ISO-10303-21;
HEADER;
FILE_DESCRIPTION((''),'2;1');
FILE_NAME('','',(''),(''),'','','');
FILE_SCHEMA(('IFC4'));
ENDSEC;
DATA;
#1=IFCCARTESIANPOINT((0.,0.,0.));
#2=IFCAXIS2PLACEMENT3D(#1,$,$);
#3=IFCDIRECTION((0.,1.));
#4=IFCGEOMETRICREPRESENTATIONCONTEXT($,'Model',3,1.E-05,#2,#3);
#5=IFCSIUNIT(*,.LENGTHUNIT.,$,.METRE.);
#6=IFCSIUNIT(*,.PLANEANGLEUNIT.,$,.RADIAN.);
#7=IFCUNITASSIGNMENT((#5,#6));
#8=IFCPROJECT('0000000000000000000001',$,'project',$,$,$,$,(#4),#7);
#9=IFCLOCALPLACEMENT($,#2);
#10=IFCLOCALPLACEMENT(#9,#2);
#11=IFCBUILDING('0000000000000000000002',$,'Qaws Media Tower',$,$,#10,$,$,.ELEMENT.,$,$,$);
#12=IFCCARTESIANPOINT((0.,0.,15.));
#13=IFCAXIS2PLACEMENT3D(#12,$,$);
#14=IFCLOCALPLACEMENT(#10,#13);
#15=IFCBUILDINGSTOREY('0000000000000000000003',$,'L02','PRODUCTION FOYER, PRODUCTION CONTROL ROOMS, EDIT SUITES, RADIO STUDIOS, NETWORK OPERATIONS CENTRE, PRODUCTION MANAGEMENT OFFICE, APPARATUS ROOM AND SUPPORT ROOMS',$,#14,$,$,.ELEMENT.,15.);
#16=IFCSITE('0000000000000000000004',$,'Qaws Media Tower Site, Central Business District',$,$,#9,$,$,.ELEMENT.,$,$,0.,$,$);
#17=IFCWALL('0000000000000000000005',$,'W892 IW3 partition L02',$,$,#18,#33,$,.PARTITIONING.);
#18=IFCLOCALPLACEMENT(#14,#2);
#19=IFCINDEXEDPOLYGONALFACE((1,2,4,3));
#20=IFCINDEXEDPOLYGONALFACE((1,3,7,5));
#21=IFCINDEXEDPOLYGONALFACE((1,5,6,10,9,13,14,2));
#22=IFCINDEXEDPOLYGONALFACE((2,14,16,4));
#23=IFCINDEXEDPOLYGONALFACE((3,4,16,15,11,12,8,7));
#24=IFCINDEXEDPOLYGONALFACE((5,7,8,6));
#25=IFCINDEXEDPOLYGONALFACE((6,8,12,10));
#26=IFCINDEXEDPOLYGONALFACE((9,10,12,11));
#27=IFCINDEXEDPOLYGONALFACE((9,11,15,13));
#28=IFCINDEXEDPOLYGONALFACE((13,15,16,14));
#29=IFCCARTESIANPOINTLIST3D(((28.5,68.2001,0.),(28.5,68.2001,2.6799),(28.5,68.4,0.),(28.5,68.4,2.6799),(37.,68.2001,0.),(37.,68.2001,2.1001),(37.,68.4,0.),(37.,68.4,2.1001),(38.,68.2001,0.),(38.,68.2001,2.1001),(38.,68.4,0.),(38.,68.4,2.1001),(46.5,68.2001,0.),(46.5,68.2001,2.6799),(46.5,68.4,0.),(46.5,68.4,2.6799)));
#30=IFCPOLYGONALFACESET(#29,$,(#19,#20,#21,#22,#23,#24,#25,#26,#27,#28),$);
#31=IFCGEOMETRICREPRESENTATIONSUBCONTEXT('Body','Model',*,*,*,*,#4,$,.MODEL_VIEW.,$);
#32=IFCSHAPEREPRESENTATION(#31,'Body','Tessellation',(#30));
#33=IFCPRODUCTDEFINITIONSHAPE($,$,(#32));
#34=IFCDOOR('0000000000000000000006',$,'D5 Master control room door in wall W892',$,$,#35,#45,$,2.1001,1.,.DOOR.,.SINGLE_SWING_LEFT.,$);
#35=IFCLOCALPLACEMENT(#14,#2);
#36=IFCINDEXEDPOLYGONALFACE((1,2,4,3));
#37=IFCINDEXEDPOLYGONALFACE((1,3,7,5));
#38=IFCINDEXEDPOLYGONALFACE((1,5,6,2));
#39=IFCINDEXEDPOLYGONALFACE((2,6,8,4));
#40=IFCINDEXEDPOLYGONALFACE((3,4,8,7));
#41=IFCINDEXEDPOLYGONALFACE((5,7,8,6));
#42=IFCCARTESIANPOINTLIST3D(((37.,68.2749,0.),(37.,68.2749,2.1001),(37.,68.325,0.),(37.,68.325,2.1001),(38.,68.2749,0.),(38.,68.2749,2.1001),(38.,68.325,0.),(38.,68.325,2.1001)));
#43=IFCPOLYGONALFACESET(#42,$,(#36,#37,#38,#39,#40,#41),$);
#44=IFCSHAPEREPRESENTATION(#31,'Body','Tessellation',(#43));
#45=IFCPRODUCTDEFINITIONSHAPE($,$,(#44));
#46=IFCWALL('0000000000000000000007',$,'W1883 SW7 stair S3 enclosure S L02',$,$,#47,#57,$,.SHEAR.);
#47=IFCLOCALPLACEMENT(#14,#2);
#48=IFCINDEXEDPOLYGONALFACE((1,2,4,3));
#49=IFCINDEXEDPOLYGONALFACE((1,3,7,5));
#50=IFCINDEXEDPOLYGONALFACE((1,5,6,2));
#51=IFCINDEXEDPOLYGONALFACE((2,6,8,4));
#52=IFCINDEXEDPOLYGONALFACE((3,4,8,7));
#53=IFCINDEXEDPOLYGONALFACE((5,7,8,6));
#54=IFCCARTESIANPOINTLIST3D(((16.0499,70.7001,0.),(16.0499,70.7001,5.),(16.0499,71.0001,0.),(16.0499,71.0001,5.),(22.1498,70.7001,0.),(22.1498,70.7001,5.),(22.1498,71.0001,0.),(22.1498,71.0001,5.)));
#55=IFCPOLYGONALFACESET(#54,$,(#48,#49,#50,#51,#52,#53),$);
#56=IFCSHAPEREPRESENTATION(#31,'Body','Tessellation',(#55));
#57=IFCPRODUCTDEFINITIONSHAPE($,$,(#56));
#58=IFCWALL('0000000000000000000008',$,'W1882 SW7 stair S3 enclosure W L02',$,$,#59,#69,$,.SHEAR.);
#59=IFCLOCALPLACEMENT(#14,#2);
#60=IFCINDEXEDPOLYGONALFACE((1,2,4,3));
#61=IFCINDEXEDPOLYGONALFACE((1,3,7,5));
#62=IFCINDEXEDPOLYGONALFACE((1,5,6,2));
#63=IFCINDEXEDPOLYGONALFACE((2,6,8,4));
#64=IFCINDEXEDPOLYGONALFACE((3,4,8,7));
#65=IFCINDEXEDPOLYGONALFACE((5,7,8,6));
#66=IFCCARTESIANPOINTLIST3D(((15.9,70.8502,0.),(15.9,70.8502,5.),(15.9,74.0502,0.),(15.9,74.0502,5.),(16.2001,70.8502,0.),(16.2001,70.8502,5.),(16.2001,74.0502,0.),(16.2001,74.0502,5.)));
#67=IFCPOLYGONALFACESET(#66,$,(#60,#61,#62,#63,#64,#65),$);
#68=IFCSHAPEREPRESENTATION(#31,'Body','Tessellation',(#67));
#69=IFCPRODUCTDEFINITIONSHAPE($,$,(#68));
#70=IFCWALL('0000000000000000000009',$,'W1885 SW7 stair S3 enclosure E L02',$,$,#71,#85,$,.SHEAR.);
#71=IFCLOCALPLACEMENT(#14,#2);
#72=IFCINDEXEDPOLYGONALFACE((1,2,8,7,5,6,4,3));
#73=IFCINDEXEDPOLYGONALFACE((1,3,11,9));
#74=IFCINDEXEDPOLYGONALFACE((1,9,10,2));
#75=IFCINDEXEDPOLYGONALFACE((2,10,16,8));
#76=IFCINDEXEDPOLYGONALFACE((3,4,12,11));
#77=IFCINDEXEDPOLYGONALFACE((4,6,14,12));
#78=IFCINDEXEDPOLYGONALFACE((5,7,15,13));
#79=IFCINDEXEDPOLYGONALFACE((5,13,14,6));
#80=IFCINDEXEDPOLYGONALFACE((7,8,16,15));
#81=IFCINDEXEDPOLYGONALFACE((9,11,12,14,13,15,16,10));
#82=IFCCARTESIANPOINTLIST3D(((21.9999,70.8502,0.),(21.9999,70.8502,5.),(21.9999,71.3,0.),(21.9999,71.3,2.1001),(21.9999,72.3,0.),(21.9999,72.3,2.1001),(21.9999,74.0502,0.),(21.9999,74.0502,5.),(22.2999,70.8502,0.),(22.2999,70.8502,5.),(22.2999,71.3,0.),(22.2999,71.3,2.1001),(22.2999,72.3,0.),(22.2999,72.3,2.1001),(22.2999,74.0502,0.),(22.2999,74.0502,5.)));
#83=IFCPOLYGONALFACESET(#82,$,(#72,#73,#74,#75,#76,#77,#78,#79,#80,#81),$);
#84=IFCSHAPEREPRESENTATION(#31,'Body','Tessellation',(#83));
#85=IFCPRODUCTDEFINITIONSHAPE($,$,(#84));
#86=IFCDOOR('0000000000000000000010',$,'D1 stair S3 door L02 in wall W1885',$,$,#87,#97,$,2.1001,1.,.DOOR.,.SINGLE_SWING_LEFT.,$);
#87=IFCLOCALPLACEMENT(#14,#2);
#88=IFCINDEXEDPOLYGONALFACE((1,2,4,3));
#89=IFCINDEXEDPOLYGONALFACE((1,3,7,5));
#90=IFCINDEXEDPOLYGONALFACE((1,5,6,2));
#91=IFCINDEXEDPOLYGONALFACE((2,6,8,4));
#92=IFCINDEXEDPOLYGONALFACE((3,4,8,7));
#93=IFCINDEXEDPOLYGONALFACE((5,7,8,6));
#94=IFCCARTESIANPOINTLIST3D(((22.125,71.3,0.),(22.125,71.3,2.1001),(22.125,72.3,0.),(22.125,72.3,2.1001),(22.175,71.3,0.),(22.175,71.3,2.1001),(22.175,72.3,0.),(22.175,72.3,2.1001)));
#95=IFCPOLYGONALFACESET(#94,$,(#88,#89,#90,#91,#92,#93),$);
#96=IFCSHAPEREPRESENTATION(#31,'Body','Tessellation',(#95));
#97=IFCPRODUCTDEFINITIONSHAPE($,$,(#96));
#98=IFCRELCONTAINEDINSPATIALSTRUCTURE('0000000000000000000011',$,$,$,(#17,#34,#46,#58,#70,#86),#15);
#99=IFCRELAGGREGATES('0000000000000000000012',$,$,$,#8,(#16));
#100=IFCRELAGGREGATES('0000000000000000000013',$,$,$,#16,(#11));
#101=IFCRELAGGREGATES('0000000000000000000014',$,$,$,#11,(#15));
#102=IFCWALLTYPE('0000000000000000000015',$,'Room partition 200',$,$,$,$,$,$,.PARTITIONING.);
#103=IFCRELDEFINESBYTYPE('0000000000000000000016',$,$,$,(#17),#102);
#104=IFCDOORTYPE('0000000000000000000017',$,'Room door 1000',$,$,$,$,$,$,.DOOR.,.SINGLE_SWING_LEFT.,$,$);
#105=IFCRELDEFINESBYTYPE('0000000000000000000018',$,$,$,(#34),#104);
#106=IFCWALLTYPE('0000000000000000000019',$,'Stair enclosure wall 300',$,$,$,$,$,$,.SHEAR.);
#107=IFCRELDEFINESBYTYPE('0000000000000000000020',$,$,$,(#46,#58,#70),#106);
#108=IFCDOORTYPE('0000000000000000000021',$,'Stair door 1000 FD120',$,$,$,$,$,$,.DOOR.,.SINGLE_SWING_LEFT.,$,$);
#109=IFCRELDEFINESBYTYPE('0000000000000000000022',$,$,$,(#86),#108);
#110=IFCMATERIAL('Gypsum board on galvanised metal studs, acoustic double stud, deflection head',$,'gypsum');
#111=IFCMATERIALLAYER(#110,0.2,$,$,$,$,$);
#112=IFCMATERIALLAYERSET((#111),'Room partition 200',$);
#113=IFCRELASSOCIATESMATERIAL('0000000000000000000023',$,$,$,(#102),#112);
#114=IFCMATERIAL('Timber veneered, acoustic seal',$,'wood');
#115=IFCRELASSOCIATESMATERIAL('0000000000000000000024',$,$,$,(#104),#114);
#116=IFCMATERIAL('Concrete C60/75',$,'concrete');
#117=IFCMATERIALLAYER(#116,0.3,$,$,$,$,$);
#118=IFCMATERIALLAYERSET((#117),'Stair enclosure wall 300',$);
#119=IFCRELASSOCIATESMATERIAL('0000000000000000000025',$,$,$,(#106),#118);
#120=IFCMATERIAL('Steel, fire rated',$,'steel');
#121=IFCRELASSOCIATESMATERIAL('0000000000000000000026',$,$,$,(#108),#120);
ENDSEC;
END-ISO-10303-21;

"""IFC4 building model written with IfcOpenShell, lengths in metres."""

from ifc_helpers import new_model, si_unit, direction, frame, frame_2d, origin, place, context, subcontext, project, spatial, rectangle, extrude, material, layer, layer_set, type_object, element, fill, save


model = new_model("IFC4")

# Units and contexts
model_context = context("Model", 3, precision=1e-05, world=origin(), true_north=direction((0.0, 1.0)))
body_context = subcontext(model_context, "Body", "Model", "MODEL_VIEW")
ifc_project = project(units=[si_unit("LENGTHUNIT", "METRE"), si_unit("PLANEANGLEUNIT", "RADIAN")], contexts=[model_context])

# Site, building, storey
site_placement = place(None, origin())
site = spatial("IfcSite", under=ifc_project, at=site_placement, Name="Qaws Media Tower Site, Central Business District", CompositionType="ELEMENT", RefElevation=0.0)
building_placement = place(site_placement, origin())
building = spatial("IfcBuilding", under=site, at=building_placement, Name="Qaws Media Tower", CompositionType="ELEMENT")
storey_placement = place(building_placement, frame((0.0, 0.0, 15.0)))
storey = spatial("IfcBuildingStorey", under=building, at=storey_placement, Name="L02", Description="PRODUCTION FOYER, PRODUCTION CONTROL ROOMS, EDIT SUITES, RADIO STUDIOS, NETWORK OPERATIONS CENTRE, PRODUCTION MANAGEMENT OFFICE, APPARATUS ROOM AND SUPPORT ROOMS", CompositionType="ELEMENT", Elevation=15.0)

# Shared definitions
ifc_material_1 = material(Name="Gypsum board on galvanised metal studs, acoustic double stud, deflection head", Category="gypsum")
ifc_layer_1 = layer(ifc_material_1, 0.2)
ifc_layer_set_1 = layer_set([ifc_layer_1], Name="Room partition 200")
wall_type_1 = type_object("IfcWallType", Name="Room partition 200", PredefinedType="PARTITIONING", material=ifc_layer_set_1)

# Shared definitions
ifc_material_2 = material(Name="Timber veneered, acoustic seal", Category="wood")
door_type_1 = type_object("IfcDoorType", Name="Room door 1000", OperationType="SINGLE_SWING_LEFT", PredefinedType="DOOR", material=ifc_material_2)

# Wall, opening, door
wall_1_placement = place(storey_placement, frame((28.5, 68.3, 0.0), z_axis=(0.0, 0.0, 1.0), x_axis=(1.0, 0.0, 0.0)))
wall_1 = element("IfcWall", 1, at=wall_1_placement, inside=storey, type_object=wall_type_1, Name="W892 IW3 partition L02", PredefinedType="PARTITIONING", context=body_context, shape_type="SweptSolid", body=[
    extrude(rectangle(XDim=18.0, YDim=0.2, at=frame_2d((9.0, 0.0))), origin(), (0.0, 0.0, 1.0), 2.6799),
])
opening_1_placement = place(wall_1_placement, frame((8.5, 0.0, 0.0)))
opening_1 = element("IfcOpeningElement", 2, at=opening_1_placement, cuts=wall_1, PredefinedType="OPENING", context=body_context, shape_type="SweptSolid", body=[
    extrude(rectangle(XDim=1.0, YDim=2.1001, at=frame_2d((0.5, 1.05))), frame((0.0, 0.1099, 0.0), z_axis=(0.0, -1.0, 0.0), x_axis=(1.0, 0.0, 0.0)), (0.0, 0.0, 1.0), 0.22),
])
door_1_placement = place(opening_1_placement, origin())
door_1 = element("IfcDoor", 3, at=door_1_placement, inside=storey, type_object=door_type_1, Name="D5 Master control room door in wall W892", OperationType="SINGLE_SWING_LEFT", OverallHeight=2.1001, OverallWidth=1.0, PredefinedType="DOOR", context=body_context, shape_type="SweptSolid", body=[
    extrude(rectangle(XDim=1.0, YDim=2.1001, at=frame_2d((0.5, 1.05))), frame((0.0, 0.0249, 0.0), z_axis=(0.0, -1.0, 0.0), x_axis=(1.0, 0.0, 0.0)), (0.0, 0.0, 1.0), 0.05),
])
fill(opening_1, door_1)

# Walls
ifc_material_3 = material(Name="Concrete C60/75", Category="concrete")
ifc_layer_2 = layer(ifc_material_3, 0.3)
ifc_layer_set_2 = layer_set([ifc_layer_2], Name="Stair enclosure wall 300")
wall_type_2 = type_object("IfcWallType", Name="Stair enclosure wall 300", PredefinedType="SHEAR", material=ifc_layer_set_2)
wall_2_placement = place(storey_placement, frame((16.05, 70.8501, 0.0), z_axis=(0.0, 0.0, 1.0), x_axis=(1.0, 0.0, 0.0)))
element("IfcWall", 4, at=wall_2_placement, inside=storey, type_object=wall_type_2, Name="W1883 SW7 stair S3 enclosure S L02", PredefinedType="SHEAR", context=body_context, shape_type="SweptSolid", body=[
    extrude(rectangle(XDim=6.0999, YDim=0.3, at=frame_2d((3.0498, 0.0))), origin(), (0.0, 0.0, 1.0), 5.0),
])
wall_3_placement = place(storey_placement, frame((16.05, 70.8501, 0.0), z_axis=(0.0, 0.0, 1.0), x_axis=(0.0, 1.0, 0.0)))
element("IfcWall", 5, at=wall_3_placement, inside=storey, type_object=wall_type_2, Name="W1882 SW7 stair S3 enclosure W L02", PredefinedType="SHEAR", context=body_context, shape_type="SweptSolid", body=[
    extrude(rectangle(XDim=3.2, YDim=0.3, at=frame_2d((1.6001, 0.0))), origin(), (0.0, 0.0, 1.0), 5.0),
])

# Wall, opening, door
wall_4_placement = place(storey_placement, frame((22.1499, 70.8501, 0.0), z_axis=(0.0, 0.0, 1.0), x_axis=(0.0, 1.0, 0.0)))
wall_4 = element("IfcWall", 6, at=wall_4_placement, inside=storey, type_object=wall_type_2, Name="W1885 SW7 stair S3 enclosure E L02", PredefinedType="SHEAR", context=body_context, shape_type="SweptSolid", body=[
    extrude(rectangle(XDim=3.2, YDim=0.3, at=frame_2d((1.6001, 0.0))), origin(), (0.0, 0.0, 1.0), 5.0),
])
opening_2_placement = place(wall_4_placement, frame((0.45, 0.0, 0.0)))
opening_2 = element("IfcOpeningElement", 7, at=opening_2_placement, cuts=wall_4, PredefinedType="OPENING", context=body_context, shape_type="SweptSolid", body=[
    extrude(rectangle(XDim=1.0, YDim=2.1001, at=frame_2d((0.5, 1.05))), frame((0.0, 0.1599, 0.0), z_axis=(0.0, -1.0, 0.0), x_axis=(1.0, 0.0, 0.0)), (0.0, 0.0, 1.0), 0.3201),
])
ifc_material_4 = material(Name="Steel, fire rated", Category="steel")
door_type_2 = type_object("IfcDoorType", Name="Stair door 1000 FD120", OperationType="SINGLE_SWING_LEFT", PredefinedType="DOOR", material=ifc_material_4)
door_2_placement = place(opening_2_placement, origin())
door_2 = element("IfcDoor", 8, at=door_2_placement, inside=storey, type_object=door_type_2, Name="D1 stair S3 door L02 in wall W1885", OperationType="SINGLE_SWING_LEFT", OverallHeight=2.1001, OverallWidth=1.0, PredefinedType="DOOR", context=body_context, shape_type="SweptSolid", body=[
    extrude(rectangle(XDim=1.0, YDim=2.1001, at=frame_2d((0.5, 1.05))), frame((0.0, 0.0249, 0.0), z_axis=(0.0, -1.0, 0.0), x_axis=(1.0, 0.0, 0.0)), (0.0, 0.0, 1.0), 0.05),
])
fill(opening_2, door_2)

save(model, "model.ifc")
